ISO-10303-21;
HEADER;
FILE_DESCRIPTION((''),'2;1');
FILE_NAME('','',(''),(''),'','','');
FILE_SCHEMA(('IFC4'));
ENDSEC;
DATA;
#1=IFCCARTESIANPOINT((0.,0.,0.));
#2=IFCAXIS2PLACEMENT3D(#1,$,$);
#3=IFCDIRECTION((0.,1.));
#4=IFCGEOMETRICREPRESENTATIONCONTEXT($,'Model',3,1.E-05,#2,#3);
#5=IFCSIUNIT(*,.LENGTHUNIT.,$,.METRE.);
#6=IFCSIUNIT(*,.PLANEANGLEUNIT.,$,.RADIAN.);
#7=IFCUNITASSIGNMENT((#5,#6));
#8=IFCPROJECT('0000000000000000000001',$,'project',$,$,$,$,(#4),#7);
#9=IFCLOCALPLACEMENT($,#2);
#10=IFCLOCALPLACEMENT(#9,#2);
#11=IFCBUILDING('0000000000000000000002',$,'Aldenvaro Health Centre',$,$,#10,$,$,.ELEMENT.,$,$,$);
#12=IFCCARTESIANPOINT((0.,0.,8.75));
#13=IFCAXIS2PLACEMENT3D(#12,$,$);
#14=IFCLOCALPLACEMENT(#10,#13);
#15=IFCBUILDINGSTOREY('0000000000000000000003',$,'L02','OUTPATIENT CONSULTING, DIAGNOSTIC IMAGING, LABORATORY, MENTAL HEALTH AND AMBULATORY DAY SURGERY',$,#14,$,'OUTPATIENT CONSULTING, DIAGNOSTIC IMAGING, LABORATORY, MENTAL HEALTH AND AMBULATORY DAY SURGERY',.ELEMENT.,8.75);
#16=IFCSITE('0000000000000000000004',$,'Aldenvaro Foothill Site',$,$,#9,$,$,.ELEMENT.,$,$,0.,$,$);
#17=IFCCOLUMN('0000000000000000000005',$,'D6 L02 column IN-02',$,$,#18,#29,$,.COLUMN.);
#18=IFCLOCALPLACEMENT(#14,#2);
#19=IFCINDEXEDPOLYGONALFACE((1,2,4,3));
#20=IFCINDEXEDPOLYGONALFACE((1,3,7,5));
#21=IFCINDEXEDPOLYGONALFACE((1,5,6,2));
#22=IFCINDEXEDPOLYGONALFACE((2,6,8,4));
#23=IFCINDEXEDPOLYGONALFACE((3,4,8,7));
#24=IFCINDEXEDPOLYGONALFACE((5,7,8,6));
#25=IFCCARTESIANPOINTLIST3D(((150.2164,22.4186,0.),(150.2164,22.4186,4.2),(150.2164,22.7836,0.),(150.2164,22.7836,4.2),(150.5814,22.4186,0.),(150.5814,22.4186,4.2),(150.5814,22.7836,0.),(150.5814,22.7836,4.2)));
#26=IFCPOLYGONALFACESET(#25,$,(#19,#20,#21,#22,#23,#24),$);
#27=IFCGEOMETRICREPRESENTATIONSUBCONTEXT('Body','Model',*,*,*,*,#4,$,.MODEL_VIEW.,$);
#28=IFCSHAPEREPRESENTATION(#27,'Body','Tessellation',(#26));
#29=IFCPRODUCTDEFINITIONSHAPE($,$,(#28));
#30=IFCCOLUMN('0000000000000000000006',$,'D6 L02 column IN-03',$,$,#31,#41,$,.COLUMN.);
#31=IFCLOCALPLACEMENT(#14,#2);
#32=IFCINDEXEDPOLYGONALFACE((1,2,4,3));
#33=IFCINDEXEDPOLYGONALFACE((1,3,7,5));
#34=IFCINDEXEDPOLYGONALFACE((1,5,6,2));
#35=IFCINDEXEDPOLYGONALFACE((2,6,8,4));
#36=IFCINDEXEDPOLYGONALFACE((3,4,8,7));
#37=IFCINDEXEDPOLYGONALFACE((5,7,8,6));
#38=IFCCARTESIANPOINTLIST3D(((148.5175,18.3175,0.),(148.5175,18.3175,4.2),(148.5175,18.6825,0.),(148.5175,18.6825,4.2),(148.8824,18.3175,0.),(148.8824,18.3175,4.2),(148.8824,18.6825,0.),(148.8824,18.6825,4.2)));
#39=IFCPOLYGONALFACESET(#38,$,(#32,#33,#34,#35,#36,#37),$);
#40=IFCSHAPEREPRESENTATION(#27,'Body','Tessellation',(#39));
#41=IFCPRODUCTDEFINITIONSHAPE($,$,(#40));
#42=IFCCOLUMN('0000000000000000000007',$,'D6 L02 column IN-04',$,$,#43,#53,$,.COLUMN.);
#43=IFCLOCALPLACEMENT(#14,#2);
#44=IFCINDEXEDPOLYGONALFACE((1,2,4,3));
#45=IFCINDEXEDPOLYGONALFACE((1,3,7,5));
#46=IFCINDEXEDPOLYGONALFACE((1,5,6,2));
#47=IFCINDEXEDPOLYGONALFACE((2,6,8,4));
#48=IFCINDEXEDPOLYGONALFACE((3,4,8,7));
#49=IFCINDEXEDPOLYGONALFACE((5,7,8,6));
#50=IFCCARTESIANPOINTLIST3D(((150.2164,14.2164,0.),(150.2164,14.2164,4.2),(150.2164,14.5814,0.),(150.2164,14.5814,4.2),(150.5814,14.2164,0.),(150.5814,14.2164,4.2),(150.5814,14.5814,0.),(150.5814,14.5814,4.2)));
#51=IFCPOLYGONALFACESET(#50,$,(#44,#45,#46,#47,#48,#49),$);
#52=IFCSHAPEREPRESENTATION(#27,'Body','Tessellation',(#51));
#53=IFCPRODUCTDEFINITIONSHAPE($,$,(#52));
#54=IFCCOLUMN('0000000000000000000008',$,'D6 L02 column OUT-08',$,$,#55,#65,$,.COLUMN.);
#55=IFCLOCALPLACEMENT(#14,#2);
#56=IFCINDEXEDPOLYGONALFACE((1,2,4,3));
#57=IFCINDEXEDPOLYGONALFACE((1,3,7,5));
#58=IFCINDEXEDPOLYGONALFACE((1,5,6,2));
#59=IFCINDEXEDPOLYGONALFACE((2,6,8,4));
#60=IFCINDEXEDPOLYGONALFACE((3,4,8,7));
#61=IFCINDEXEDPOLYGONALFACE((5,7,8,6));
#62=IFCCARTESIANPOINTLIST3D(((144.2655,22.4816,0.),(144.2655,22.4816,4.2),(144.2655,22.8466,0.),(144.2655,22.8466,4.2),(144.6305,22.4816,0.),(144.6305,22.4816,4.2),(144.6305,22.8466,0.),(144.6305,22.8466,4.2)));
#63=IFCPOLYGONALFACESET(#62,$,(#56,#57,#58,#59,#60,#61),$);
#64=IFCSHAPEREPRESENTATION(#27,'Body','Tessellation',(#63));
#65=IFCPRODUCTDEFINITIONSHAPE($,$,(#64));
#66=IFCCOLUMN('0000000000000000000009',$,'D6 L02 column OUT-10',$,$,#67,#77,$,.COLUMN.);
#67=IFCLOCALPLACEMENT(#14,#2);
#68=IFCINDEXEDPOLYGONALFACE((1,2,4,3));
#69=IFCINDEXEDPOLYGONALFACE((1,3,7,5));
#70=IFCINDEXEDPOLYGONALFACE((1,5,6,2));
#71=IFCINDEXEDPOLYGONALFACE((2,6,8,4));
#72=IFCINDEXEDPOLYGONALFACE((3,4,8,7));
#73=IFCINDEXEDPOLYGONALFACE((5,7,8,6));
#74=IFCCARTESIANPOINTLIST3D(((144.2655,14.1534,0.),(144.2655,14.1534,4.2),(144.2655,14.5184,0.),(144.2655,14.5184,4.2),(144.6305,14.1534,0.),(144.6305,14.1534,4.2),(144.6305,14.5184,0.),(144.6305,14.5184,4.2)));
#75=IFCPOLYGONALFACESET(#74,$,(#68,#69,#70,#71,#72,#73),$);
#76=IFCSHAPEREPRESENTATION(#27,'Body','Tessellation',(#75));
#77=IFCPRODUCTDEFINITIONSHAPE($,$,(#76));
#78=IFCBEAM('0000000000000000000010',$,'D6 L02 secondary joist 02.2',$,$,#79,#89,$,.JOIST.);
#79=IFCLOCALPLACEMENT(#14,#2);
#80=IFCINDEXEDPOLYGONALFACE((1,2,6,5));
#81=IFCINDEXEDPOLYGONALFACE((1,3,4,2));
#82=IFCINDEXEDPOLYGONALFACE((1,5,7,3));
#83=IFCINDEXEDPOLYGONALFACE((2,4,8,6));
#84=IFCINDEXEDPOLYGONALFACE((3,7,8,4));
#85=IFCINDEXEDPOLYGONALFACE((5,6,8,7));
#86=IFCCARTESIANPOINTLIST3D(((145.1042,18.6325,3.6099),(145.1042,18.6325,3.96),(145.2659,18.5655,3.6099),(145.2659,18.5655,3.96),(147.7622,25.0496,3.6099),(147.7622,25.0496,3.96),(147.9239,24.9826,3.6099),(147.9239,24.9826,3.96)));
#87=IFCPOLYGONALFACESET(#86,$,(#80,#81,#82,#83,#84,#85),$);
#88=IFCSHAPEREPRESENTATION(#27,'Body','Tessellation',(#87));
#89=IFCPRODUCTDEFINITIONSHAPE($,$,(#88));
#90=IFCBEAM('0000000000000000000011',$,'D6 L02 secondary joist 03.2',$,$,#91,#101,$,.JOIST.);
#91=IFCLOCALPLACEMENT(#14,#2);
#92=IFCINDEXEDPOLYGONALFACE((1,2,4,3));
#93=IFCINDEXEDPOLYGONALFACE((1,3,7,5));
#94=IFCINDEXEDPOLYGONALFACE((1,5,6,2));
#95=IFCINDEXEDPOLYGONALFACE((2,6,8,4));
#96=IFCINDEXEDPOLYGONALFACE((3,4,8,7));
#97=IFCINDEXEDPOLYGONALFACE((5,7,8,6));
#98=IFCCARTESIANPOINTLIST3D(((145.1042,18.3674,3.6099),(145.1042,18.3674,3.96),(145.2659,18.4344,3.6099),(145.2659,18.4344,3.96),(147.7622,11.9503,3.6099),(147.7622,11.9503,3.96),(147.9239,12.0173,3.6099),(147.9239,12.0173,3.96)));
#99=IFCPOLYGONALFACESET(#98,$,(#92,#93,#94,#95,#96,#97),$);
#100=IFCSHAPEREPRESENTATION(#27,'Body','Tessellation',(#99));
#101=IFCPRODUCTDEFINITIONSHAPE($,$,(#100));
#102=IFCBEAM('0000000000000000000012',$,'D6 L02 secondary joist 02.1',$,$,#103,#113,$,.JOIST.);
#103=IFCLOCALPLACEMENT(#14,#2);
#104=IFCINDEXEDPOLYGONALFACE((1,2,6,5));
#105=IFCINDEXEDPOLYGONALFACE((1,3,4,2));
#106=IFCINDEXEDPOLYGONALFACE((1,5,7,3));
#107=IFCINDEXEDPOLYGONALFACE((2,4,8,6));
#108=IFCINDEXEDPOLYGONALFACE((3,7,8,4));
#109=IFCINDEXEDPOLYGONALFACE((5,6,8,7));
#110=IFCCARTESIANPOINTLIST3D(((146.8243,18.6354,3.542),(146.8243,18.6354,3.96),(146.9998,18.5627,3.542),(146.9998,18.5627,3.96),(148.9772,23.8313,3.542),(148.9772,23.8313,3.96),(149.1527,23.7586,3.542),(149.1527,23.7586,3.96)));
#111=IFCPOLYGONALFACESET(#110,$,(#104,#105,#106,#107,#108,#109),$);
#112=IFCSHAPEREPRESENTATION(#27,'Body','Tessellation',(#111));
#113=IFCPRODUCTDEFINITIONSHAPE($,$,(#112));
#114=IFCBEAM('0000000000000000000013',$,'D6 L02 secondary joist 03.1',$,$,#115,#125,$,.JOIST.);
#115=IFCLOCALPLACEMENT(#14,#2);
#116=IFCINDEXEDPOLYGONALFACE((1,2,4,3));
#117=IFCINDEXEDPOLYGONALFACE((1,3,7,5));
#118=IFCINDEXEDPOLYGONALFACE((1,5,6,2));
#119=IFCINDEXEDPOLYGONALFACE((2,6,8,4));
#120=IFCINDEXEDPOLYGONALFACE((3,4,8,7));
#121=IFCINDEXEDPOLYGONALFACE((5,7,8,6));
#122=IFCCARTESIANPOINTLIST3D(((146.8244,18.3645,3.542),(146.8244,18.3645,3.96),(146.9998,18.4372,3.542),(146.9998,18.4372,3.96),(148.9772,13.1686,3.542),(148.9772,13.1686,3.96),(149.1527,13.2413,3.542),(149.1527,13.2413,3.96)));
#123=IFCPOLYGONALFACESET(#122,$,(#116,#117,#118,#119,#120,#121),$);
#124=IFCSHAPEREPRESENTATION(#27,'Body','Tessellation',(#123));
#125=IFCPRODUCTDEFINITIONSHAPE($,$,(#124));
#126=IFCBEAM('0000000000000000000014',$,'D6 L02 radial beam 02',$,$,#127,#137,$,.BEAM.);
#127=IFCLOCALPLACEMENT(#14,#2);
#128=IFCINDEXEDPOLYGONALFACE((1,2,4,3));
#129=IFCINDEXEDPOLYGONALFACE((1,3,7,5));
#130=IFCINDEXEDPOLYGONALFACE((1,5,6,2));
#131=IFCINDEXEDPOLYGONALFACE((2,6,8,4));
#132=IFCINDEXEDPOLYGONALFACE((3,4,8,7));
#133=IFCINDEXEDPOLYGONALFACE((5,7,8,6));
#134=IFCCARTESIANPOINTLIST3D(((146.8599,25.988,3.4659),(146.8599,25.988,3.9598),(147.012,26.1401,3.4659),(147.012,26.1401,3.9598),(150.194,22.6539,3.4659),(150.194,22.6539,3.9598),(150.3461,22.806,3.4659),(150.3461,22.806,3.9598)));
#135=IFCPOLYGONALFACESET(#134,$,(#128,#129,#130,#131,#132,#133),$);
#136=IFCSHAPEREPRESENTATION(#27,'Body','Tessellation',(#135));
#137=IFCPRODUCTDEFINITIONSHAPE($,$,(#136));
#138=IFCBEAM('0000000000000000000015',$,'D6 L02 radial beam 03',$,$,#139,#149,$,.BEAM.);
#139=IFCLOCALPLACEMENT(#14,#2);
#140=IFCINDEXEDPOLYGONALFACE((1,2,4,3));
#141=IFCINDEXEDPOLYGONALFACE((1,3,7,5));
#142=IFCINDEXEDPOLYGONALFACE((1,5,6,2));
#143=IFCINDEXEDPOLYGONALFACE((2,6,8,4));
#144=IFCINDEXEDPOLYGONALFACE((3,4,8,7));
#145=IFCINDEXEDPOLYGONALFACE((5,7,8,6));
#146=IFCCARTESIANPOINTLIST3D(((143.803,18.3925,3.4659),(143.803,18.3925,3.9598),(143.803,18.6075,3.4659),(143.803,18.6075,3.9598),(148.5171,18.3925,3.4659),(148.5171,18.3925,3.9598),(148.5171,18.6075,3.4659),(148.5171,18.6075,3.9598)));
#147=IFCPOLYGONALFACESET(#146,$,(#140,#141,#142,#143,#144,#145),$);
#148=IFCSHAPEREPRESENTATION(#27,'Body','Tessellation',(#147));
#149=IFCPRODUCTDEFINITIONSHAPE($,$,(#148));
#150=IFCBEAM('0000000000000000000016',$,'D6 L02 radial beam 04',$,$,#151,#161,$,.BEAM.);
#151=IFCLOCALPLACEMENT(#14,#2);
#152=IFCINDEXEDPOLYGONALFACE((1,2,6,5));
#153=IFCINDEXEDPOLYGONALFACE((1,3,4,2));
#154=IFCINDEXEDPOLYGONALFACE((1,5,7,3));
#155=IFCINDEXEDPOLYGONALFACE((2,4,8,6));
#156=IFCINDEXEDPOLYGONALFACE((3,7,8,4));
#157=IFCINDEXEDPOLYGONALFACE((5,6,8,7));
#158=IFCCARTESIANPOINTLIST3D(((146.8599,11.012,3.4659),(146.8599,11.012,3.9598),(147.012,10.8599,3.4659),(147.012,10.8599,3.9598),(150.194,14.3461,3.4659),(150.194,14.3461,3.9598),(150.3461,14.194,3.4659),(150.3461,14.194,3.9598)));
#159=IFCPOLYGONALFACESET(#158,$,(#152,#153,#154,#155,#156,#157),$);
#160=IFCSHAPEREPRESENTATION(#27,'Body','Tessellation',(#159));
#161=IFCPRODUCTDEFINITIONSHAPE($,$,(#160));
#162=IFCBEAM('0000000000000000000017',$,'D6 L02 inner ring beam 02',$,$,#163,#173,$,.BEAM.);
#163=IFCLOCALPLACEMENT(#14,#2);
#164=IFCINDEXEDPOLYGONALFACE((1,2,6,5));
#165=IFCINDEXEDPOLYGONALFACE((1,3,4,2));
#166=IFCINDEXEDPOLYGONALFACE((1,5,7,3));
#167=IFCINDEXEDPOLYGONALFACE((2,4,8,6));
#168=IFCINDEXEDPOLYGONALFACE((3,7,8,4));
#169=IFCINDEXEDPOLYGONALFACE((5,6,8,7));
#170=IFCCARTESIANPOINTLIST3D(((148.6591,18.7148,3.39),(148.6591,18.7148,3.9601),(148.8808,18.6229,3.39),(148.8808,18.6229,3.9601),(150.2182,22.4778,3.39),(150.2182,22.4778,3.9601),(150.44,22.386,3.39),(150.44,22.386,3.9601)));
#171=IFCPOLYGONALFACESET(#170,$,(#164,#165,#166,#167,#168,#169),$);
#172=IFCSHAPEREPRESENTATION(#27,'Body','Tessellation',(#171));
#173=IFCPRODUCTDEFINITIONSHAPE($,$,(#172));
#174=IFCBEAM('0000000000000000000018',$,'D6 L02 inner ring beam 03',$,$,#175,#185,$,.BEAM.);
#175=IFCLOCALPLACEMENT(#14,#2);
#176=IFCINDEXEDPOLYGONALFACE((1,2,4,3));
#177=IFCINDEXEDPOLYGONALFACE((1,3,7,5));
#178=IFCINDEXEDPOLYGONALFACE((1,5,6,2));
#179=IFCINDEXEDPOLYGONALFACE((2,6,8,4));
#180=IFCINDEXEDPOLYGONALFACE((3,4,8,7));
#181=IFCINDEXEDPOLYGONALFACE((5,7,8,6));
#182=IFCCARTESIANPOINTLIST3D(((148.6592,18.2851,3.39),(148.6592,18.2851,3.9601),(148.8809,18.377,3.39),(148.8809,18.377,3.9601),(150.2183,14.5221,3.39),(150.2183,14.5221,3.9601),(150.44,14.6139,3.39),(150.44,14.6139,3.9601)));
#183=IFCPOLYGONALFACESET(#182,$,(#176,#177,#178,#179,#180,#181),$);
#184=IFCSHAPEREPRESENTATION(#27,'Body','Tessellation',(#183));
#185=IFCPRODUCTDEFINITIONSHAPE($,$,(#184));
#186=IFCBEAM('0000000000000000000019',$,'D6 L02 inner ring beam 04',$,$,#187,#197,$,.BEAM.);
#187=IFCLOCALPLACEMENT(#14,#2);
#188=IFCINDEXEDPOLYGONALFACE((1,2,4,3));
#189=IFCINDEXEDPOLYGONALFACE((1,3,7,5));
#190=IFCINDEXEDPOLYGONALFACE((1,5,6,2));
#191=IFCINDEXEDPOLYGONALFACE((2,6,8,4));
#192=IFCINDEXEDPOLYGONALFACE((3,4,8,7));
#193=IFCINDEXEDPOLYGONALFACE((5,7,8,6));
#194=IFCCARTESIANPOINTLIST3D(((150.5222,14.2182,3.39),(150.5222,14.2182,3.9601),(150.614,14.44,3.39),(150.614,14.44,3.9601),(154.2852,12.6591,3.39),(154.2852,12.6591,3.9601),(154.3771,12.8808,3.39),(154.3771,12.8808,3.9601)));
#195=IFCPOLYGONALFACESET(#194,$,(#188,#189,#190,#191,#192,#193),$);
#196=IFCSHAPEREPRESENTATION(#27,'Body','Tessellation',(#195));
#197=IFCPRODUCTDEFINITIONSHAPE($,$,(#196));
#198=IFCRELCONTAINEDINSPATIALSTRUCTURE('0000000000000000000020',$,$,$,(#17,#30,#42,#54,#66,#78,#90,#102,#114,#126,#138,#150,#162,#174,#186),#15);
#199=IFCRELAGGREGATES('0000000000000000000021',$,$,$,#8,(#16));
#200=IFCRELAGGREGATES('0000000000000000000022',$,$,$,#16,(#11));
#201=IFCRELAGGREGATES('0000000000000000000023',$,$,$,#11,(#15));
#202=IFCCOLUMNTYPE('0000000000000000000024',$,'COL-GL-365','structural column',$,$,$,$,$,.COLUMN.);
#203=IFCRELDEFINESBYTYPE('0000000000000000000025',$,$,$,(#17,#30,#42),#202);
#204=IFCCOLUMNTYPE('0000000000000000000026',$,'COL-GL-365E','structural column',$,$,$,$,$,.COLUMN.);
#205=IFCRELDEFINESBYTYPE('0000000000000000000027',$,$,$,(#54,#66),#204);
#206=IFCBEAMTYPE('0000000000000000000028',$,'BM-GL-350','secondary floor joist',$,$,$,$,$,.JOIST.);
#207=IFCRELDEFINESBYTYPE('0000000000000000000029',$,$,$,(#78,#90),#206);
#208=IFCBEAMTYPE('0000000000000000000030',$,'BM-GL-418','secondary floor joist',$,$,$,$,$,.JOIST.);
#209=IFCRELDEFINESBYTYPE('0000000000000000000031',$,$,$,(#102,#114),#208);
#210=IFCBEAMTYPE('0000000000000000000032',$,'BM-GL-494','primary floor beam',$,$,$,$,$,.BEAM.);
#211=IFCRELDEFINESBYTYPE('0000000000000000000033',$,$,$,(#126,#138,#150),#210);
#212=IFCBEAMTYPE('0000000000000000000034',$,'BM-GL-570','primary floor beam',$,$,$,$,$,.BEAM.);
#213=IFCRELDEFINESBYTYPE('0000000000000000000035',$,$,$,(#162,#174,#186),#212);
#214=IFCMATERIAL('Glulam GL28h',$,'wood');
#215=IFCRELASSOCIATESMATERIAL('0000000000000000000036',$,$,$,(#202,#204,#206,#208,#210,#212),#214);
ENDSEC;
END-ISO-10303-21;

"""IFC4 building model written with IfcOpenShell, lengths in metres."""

from ifc_helpers import new_model, si_unit, direction, frame, origin, origin_2d, place, context, subcontext, project, spatial, rectangle, extrude, material, material_profile, profile_set, type_object, element, save


model = new_model("IFC4")

# Units and contexts
model_context = context("Model", 3, precision=1e-05, world=origin(), true_north=direction((0.0, 1.0)))
body_context = subcontext(model_context, "Body", "Model", "MODEL_VIEW")
ifc_project = project(units=[si_unit("LENGTHUNIT", "METRE"), si_unit("PLANEANGLEUNIT", "RADIAN")], contexts=[model_context])

# Site, building, storey
site_placement = place(None, origin())
site = spatial("IfcSite", under=ifc_project, at=site_placement, Name="Aldenvaro Foothill Site", CompositionType="ELEMENT", RefElevation=0.0)
building_placement = place(site_placement, origin())
building = spatial("IfcBuilding", under=site, at=building_placement, Name="Aldenvaro Health Centre", CompositionType="ELEMENT")
storey_placement = place(building_placement, frame((0.0, 0.0, 8.75)))
storey = spatial("IfcBuildingStorey", under=building, at=storey_placement, Name="L02", Description="OUTPATIENT CONSULTING, DIAGNOSTIC IMAGING, LABORATORY, MENTAL HEALTH AND AMBULATORY DAY SURGERY", LongName="OUTPATIENT CONSULTING, DIAGNOSTIC IMAGING, LABORATORY, MENTAL HEALTH AND AMBULATORY DAY SURGERY", CompositionType="ELEMENT", Elevation=8.75)

# Columns
ifc_material_1 = material(Name="Glulam GL28h", Category="wood")
ifc_material_profile_1 = material_profile(ifc_material_1, rectangle(XDim=0.365, YDim=0.365, at=origin_2d()), Name="GL 365x365", Category="wood")
ifc_profile_set_1 = profile_set([ifc_material_profile_1], Name="Glulam GL28h")
column_type_1 = type_object("IfcColumnType", Name="COL-GL-365", Description="structural column", PredefinedType="COLUMN", material=ifc_profile_set_1)
for number, where, z_axis, x_axis, name in (
    (1, (150.3989, 22.6011, 0.0), (0.0, 0.0, 1.0), (1.0, 0.0, 0.0), "D6 L02 column IN-02"),
    (2, (148.7, 18.5, 0.0), (0.0, 0.0, 1.0), (1.0, 0.0, 0.0), "D6 L02 column IN-03"),
    (3, (150.3989, 14.3989, 0.0), (0.0, 0.0, 1.0), (1.0, 0.0, 0.0), "D6 L02 column IN-04"),
):
    element("IfcColumn", number, at=place(storey_placement, frame(where, z_axis=z_axis, x_axis=x_axis)), inside=storey, type_object=column_type_1, Name=name, PredefinedType="COLUMN", context=body_context, shape_type="SweptSolid", body=[
        extrude(rectangle(XDim=0.365, YDim=0.365, at=origin_2d()), origin(), (0.0, 0.0, 1.0), 4.2),
    ])
ifc_material_profile_2 = material_profile(ifc_material_1, rectangle(XDim=0.365, YDim=0.365, at=origin_2d()), Name="GL 365x365", Category="wood")
ifc_profile_set_2 = profile_set([ifc_material_profile_2], Name="Glulam GL28h")
column_type_2 = type_object("IfcColumnType", Name="COL-GL-365E", Description="structural column", PredefinedType="COLUMN", material=ifc_profile_set_2)
for number, where, z_axis, x_axis, name in (
    (4, (144.448, 22.6641, 0.0), (0.0, 0.0, 1.0), (1.0, 0.0, 0.0), "D6 L02 column OUT-08"),
    (5, (144.448, 14.3359, 0.0), (0.0, 0.0, 1.0), (1.0, 0.0, 0.0), "D6 L02 column OUT-10"),
):
    element("IfcColumn", number, at=place(storey_placement, frame(where, z_axis=z_axis, x_axis=x_axis)), inside=storey, type_object=column_type_2, Name=name, PredefinedType="COLUMN", context=body_context, shape_type="SweptSolid", body=[
        extrude(rectangle(XDim=0.365, YDim=0.365, at=origin_2d()), origin(), (0.0, 0.0, 1.0), 4.2),
    ])

# Beams
ifc_material_profile_3 = material_profile(ifc_material_1, rectangle(XDim=0.175, YDim=0.3501, at=origin_2d()), Name="GL 175x350", Category="wood")
ifc_profile_set_3 = profile_set([ifc_material_profile_3], Name="Glulam GL28h")
beam_type_1 = type_object("IfcBeamType", Name="BM-GL-350", Description="secondary floor joist", PredefinedType="JOIST", material=ifc_profile_set_3)
for number, where, z_axis, x_axis, name in (
    (6, (147.843, 25.0161, 3.7849), (-0.382678, -0.923882, 0.0), (0.923882, -0.382678, 0.0), "D6 L02 secondary joist 02.2"),
    (7, (145.1851, 18.4009, 3.7849), (0.382678, -0.923882, 0.0), (0.923882, 0.382678, 0.0), "D6 L02 secondary joist 03.2"),
):
    element("IfcBeam", number, at=place(storey_placement, frame(where, z_axis=z_axis, x_axis=x_axis)), inside=storey, type_object=beam_type_1, Name=name, PredefinedType="JOIST", context=body_context, shape_type="SweptSolid", body=[
        extrude(rectangle(XDim=0.175, YDim=0.3501, at=origin_2d()), origin(), (0.0, 0.0, 1.0), 6.9458),
    ])
ifc_material_profile_4 = material_profile(ifc_material_1, rectangle(XDim=0.1899, YDim=0.418, at=origin_2d()), Name="GL 190x418", Category="wood")
ifc_profile_set_4 = profile_set([ifc_material_profile_4], Name="Glulam GL28h")
beam_type_2 = type_object("IfcBeamType", Name="BM-GL-418", Description="secondary floor joist", PredefinedType="JOIST", material=ifc_profile_set_4)
for number, where, z_axis, x_axis, name in (
    (8, (149.0649, 23.7949, 3.751), (-0.382784, -0.923838, 0.0), (0.923838, -0.382784, 0.0), "D6 L02 secondary joist 02.1"),
    (9, (146.9121, 18.4009, 3.751), (0.382784, -0.923838, 0.0), (0.923838, 0.382784, 0.0), "D6 L02 secondary joist 03.1"),
):
    element("IfcBeam", number, at=place(storey_placement, frame(where, z_axis=z_axis, x_axis=x_axis)), inside=storey, type_object=beam_type_2, Name=name, PredefinedType="JOIST", context=body_context, shape_type="SweptSolid", body=[
        extrude(rectangle(XDim=0.1899, YDim=0.418, at=origin_2d()), origin(), (0.0, 0.0, 1.0), 5.6243),
    ])
ifc_material_profile_5 = material_profile(ifc_material_1, rectangle(XDim=0.2151, YDim=0.4939, at=origin_2d()), Name="GL 215x494", Category="wood")
ifc_profile_set_5 = profile_set([ifc_material_profile_5], Name="Glulam GL28h")
beam_type_3 = type_object("IfcBeamType", Name="BM-GL-494", Description="primary floor beam", PredefinedType="BEAM", material=ifc_profile_set_5)
beam_1_placement = place(storey_placement, frame((150.27, 22.73, 3.7129), z_axis=(-0.707107, 0.707107, 0.0), x_axis=(-0.707107, -0.707107, 0.0)))
element("IfcBeam", 10, at=beam_1_placement, inside=storey, type_object=beam_type_3, Name="D6 L02 radial beam 02", PredefinedType="BEAM", context=body_context, shape_type="SweptSolid", body=[
    extrude(rectangle(XDim=0.2151, YDim=0.4939, at=origin_2d()), origin(), (0.0, 0.0, 1.0), 4.7151),
])
beam_2_placement = place(storey_placement, frame((148.5171, 18.5, 3.7129), z_axis=(-1.0, 0.0, 0.0), x_axis=(0.0, -1.0, 0.0)))
element("IfcBeam", 11, at=beam_2_placement, inside=storey, type_object=beam_type_3, Name="D6 L02 radial beam 03", PredefinedType="BEAM", context=body_context, shape_type="SweptSolid", body=[
    extrude(rectangle(XDim=0.2151, YDim=0.4939, at=origin_2d()), origin(), (0.0, 0.0, 1.0), 4.7141),
])
beam_3_placement = place(storey_placement, frame((150.27, 14.27, 3.7129), z_axis=(-0.707107, -0.707107, 0.0), x_axis=(0.707107, -0.707107, 0.0)))
element("IfcBeam", 12, at=beam_3_placement, inside=storey, type_object=beam_type_3, Name="D6 L02 radial beam 04", PredefinedType="BEAM", context=body_context, shape_type="SweptSolid", body=[
    extrude(rectangle(XDim=0.2151, YDim=0.4939, at=origin_2d()), origin(), (0.0, 0.0, 1.0), 4.7151),
])
ifc_material_profile_6 = material_profile(ifc_material_1, rectangle(XDim=0.24, YDim=0.5701, at=origin_2d()), Name="GL 240x570", Category="wood")
ifc_profile_set_6 = profile_set([ifc_material_profile_6], Name="Glulam GL28h")
beam_type_4 = type_object("IfcBeamType", Name="BM-GL-570", Description="primary floor beam", PredefinedType="BEAM", material=ifc_profile_set_6)
for number, where, z_axis, x_axis, name in (
    (13, (150.3291, 22.4319, 3.675), (-0.382772, -0.923843, 0.0), (0.923843, -0.382772, 0.0), "D6 L02 inner ring beam 02"),
    (14, (148.77, 18.3311, 3.675), (0.382772, -0.923843, 0.0), (0.923843, 0.382772, 0.0), "D6 L02 inner ring beam 03"),
    (15, (150.5681, 14.3291, 3.675), (0.923843, -0.382772, 0.0), (0.382772, 0.923843, 0.0), "D6 L02 inner ring beam 04"),
):
    element("IfcBeam", number, at=place(storey_placement, frame(where, z_axis=z_axis, x_axis=x_axis)), inside=storey, type_object=beam_type_4, Name=name, PredefinedType="BEAM", context=body_context, shape_type="SweptSolid", body=[
        extrude(rectangle(XDim=0.24, YDim=0.5701, at=origin_2d()), origin(), (0.0, 0.0, 1.0), 4.0732),
    ])

save(model, "model.ifc")
